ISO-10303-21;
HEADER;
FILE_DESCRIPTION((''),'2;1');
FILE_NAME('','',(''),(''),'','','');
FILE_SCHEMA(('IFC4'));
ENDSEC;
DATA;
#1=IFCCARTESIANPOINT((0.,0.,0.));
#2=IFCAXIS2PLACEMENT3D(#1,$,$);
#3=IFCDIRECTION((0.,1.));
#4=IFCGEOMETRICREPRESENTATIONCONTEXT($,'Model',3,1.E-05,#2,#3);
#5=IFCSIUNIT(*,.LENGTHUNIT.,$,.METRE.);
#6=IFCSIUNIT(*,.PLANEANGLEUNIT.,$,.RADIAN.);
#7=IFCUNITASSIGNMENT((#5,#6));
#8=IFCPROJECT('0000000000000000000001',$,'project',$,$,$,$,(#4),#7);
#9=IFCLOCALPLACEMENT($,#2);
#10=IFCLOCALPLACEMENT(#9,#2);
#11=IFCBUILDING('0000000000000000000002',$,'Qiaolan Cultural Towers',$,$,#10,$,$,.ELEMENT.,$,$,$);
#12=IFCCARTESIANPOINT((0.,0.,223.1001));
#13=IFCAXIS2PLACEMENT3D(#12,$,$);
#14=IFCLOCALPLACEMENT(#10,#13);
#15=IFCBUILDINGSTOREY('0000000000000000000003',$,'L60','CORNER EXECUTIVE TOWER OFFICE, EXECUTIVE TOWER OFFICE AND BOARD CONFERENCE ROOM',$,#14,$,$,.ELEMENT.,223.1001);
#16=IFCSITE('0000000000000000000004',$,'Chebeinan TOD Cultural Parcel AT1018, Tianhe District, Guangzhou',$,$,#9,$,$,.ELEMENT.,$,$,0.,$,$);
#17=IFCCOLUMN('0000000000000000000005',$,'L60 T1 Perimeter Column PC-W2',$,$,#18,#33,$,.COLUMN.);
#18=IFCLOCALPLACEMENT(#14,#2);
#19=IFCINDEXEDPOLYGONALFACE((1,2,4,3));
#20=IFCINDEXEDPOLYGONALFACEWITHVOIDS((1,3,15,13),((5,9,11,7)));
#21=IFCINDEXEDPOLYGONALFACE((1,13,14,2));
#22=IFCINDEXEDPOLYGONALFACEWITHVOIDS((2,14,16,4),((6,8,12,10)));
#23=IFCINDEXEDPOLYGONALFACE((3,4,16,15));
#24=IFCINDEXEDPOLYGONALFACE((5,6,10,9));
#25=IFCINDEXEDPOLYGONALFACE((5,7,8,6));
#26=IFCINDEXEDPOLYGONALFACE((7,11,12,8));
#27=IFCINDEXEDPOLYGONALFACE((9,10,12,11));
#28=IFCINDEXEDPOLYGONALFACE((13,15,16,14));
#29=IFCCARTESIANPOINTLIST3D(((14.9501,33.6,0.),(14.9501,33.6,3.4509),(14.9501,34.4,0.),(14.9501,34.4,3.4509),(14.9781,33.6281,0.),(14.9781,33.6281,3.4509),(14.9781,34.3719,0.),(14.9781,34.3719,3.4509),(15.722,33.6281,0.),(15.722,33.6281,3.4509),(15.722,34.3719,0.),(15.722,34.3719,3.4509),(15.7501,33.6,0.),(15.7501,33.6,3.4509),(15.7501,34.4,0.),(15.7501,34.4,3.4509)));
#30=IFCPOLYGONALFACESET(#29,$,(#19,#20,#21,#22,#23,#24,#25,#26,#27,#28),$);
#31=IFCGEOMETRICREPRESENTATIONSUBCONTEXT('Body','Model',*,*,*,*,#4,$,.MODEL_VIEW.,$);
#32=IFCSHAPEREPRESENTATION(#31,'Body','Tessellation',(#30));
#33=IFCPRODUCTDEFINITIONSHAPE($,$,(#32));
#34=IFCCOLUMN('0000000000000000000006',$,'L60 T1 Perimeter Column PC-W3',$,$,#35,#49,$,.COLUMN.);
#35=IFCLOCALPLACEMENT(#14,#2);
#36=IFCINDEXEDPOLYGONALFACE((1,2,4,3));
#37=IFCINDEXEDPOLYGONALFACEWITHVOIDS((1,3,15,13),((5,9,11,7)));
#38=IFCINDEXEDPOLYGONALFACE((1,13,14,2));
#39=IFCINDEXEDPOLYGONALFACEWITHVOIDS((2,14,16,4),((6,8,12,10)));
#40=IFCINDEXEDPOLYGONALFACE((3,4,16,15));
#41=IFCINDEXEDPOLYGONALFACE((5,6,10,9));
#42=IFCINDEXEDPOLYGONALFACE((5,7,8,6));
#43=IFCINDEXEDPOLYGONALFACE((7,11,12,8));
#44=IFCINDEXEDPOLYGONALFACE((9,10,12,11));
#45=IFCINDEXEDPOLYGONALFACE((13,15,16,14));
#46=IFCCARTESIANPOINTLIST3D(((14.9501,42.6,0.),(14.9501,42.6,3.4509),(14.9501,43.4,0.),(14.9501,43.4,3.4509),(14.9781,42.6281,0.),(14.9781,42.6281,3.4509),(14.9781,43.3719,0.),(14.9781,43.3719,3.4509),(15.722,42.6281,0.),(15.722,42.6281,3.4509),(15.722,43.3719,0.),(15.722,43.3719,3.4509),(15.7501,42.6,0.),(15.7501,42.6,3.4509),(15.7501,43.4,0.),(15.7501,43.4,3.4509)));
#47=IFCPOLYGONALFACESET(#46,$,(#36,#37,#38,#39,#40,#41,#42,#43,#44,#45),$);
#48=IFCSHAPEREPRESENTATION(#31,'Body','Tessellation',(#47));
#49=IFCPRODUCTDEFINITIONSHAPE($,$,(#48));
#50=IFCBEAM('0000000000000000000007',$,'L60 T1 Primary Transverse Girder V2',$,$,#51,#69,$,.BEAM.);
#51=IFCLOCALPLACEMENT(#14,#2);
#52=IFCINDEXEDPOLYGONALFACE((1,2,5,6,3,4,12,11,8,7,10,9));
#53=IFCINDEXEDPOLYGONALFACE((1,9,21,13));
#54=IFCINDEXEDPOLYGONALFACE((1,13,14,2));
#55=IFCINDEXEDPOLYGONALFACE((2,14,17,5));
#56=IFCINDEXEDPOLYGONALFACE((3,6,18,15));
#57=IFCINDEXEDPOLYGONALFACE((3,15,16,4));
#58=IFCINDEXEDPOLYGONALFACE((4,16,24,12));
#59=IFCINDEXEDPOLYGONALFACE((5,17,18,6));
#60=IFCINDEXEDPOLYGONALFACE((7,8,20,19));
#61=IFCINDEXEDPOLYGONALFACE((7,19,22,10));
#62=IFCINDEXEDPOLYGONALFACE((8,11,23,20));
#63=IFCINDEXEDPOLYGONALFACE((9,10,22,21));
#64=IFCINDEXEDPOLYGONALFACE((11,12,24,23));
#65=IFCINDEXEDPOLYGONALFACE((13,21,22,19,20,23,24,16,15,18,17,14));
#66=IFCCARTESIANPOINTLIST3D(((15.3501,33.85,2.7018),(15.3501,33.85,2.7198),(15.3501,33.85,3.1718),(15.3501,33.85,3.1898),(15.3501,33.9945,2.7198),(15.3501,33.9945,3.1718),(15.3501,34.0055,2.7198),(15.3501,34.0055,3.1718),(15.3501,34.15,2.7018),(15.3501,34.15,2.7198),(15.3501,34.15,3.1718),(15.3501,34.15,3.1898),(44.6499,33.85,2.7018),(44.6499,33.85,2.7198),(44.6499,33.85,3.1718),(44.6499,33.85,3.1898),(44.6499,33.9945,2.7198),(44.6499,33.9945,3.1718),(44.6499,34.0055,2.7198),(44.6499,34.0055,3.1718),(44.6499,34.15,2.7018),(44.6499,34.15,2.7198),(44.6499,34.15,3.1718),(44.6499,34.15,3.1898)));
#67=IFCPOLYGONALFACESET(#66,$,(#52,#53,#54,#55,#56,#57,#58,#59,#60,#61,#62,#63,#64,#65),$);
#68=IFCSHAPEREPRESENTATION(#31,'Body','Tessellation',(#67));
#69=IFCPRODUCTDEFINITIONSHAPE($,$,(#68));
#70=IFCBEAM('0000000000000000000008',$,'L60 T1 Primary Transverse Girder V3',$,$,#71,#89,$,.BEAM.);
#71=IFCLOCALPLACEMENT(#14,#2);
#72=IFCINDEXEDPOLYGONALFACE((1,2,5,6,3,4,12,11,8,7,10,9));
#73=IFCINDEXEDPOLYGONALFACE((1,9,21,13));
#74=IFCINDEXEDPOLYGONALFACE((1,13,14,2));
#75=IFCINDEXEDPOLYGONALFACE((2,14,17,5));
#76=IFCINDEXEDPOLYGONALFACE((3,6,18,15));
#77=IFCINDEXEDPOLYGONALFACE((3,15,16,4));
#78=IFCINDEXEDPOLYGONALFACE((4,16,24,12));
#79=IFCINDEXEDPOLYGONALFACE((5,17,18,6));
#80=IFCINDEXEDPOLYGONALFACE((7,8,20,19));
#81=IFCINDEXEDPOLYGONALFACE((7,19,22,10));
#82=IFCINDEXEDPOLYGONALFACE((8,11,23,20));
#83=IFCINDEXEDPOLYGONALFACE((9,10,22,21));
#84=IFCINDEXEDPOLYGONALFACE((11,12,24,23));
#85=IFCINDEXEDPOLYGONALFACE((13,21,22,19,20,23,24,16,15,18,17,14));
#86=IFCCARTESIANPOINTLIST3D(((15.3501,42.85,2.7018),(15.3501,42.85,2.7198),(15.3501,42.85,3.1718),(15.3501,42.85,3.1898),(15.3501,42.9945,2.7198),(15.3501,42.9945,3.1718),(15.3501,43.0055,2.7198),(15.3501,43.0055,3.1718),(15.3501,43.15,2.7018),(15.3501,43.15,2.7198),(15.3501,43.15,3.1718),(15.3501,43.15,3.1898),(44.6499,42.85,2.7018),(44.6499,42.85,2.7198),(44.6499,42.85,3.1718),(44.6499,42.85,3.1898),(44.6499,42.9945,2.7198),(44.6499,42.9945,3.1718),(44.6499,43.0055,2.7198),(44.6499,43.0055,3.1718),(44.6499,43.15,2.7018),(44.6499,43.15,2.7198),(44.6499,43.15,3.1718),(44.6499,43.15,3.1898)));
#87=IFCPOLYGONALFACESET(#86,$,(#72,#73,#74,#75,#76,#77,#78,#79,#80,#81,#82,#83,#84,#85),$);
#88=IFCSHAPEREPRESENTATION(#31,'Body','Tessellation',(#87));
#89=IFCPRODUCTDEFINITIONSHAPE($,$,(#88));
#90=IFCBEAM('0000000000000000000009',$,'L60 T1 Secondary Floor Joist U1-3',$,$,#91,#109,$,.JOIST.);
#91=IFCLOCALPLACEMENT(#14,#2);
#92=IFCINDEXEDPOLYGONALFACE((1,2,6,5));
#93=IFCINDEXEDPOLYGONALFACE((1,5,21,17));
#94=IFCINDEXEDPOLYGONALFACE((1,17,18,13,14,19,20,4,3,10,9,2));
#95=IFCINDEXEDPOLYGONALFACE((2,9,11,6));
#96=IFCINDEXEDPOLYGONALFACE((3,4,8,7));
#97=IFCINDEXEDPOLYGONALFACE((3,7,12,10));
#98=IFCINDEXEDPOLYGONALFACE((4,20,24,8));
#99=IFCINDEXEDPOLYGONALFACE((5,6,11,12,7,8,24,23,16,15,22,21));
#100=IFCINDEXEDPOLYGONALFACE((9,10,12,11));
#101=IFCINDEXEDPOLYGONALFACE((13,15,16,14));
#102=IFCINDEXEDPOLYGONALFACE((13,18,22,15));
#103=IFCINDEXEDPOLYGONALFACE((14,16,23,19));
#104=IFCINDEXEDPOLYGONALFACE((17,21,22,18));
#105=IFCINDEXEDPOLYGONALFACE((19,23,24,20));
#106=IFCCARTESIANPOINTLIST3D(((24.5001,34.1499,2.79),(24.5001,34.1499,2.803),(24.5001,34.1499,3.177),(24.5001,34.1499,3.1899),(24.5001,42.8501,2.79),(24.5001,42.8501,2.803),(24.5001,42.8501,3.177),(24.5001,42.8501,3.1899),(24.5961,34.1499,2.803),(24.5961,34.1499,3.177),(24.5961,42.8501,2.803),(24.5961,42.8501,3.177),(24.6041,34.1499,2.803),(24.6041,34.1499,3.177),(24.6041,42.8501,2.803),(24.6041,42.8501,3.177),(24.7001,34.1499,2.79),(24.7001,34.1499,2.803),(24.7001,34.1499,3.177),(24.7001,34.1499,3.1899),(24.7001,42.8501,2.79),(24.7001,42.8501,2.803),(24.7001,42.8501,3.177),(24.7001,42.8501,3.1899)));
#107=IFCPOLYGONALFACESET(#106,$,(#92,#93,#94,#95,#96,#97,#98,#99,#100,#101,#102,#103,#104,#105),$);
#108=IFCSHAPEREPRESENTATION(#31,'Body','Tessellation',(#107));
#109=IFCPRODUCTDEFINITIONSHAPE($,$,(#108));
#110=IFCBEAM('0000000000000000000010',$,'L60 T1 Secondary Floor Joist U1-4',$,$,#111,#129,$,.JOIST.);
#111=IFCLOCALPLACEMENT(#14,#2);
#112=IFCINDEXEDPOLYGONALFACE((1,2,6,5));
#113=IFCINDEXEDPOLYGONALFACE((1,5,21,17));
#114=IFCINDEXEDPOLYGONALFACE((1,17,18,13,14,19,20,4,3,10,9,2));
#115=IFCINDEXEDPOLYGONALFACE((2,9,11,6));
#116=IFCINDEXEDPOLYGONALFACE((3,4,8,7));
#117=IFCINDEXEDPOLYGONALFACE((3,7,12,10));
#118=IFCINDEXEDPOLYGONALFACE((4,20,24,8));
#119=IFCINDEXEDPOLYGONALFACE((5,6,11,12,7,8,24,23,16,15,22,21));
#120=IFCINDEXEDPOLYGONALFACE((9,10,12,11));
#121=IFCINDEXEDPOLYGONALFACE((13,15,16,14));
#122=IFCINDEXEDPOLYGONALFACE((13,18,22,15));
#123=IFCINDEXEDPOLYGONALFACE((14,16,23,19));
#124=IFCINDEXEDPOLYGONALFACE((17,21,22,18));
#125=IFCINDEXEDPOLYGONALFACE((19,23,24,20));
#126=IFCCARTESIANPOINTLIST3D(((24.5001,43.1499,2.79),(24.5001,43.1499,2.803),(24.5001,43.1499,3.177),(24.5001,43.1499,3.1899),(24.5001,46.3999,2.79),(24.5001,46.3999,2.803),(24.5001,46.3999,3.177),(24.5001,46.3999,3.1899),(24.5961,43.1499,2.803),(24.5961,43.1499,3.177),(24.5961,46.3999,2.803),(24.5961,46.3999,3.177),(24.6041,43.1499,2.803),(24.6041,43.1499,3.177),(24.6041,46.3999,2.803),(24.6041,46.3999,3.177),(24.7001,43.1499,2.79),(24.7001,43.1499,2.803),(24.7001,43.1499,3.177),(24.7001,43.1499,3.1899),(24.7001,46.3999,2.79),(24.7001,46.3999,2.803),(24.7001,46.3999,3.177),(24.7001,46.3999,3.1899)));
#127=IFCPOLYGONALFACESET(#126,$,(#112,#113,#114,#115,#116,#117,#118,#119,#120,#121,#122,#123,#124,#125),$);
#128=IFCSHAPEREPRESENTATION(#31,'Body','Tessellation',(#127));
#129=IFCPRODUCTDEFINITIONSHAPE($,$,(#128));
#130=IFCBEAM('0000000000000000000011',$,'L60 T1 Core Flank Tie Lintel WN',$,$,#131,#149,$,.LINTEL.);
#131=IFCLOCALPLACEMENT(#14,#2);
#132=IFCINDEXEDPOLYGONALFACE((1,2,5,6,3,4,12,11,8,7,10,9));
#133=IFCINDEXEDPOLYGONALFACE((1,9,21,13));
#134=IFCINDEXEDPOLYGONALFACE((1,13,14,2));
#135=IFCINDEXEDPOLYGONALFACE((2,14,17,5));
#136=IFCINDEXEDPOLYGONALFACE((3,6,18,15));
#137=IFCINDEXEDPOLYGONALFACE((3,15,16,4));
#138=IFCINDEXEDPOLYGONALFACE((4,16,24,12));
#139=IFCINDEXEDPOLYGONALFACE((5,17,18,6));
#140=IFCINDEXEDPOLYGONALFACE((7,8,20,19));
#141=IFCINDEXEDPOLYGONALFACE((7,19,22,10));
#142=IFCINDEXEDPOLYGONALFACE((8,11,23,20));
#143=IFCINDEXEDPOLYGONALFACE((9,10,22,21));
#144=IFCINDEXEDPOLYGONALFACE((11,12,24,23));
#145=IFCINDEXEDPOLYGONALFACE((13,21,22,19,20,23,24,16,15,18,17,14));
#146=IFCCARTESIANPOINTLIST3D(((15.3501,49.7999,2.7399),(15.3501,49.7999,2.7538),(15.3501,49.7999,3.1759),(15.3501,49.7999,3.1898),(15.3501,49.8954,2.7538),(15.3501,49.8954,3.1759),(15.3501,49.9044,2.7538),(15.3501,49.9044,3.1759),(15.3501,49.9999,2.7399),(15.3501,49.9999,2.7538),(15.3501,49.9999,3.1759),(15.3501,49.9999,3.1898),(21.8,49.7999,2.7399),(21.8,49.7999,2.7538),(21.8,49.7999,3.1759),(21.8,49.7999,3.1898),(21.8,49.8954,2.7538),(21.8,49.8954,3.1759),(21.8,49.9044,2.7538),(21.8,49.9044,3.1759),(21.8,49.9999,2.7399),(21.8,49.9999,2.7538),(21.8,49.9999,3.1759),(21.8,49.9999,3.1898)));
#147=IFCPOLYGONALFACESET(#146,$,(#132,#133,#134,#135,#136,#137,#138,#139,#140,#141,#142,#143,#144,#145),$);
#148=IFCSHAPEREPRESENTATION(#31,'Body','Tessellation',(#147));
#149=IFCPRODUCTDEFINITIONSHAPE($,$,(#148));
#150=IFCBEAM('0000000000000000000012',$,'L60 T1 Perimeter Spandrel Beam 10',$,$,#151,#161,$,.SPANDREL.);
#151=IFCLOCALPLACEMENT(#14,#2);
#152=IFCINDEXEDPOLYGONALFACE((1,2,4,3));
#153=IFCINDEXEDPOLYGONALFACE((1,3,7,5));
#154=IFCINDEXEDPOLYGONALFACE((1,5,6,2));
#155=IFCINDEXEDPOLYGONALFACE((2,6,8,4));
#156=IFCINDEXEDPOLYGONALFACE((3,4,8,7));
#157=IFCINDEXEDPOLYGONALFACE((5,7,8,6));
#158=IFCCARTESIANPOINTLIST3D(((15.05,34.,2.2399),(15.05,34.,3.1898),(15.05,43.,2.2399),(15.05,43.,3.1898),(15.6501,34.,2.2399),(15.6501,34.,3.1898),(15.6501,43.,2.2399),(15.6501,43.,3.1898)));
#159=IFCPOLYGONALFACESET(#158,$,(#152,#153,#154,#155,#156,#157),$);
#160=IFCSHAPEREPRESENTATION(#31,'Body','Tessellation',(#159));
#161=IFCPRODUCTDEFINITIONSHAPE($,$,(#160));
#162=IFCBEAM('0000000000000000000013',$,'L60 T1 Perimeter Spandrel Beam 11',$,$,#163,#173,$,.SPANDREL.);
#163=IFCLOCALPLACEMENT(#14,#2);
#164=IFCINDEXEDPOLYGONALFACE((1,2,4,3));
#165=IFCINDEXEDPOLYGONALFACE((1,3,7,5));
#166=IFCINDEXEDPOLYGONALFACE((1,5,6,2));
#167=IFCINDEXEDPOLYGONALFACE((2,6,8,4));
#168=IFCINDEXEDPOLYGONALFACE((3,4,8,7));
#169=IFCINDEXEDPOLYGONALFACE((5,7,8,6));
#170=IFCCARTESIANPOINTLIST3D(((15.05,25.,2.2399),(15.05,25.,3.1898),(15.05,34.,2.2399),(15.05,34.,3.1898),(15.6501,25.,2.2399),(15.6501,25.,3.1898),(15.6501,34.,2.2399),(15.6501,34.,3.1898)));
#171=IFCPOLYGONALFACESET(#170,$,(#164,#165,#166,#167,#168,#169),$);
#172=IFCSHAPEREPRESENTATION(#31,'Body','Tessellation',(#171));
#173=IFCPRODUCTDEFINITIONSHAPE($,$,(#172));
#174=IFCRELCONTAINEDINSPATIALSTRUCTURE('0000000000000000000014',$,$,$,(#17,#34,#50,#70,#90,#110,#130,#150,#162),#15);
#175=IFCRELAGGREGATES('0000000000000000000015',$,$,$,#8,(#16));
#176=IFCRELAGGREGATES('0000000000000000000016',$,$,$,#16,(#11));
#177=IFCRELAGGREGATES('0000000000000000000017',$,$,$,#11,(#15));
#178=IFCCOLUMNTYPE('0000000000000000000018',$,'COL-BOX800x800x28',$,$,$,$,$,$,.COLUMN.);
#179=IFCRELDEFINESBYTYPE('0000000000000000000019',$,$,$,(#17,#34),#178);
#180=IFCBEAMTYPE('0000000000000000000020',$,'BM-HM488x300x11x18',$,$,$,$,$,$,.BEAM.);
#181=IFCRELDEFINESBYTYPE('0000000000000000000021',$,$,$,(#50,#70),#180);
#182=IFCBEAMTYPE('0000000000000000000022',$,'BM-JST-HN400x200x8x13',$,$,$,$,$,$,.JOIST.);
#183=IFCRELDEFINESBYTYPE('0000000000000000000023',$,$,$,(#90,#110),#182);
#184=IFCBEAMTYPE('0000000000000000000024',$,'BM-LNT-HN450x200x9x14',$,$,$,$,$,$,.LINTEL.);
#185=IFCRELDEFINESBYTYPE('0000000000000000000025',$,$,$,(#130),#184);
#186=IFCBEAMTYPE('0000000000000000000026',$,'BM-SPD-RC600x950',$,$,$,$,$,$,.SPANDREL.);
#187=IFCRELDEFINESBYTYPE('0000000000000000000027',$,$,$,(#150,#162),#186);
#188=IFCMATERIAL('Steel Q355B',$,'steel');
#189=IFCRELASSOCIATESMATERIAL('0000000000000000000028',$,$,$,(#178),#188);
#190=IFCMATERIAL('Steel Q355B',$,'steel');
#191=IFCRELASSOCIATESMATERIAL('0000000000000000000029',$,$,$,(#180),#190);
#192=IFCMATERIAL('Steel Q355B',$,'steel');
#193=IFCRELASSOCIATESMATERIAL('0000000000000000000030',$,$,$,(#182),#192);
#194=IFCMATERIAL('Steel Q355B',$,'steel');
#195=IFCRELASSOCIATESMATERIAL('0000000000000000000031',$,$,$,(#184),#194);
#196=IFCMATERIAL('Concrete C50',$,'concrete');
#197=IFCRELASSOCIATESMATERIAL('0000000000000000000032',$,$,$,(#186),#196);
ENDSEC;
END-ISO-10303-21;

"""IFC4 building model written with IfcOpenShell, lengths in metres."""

from ifc_helpers import new_model, si_unit, direction, frame, origin, origin_2d, place, context, subcontext, project, spatial, rectangle, hollow_rectangle, i_section, extrude, material, material_profile, profile_set, type_object, element, save


model = new_model("IFC4")

# Units and contexts
model_context = context("Model", 3, precision=1e-05, world=origin(), true_north=direction((0.0, 1.0)))
body_context = subcontext(model_context, "Body", "Model", "MODEL_VIEW")
ifc_project = project(units=[si_unit("LENGTHUNIT", "METRE"), si_unit("PLANEANGLEUNIT", "RADIAN")], contexts=[model_context])

# Site, building, storey
site_placement = place(None, origin())
site = spatial("IfcSite", under=ifc_project, at=site_placement, Name="Chebeinan TOD Cultural Parcel AT1018, Tianhe District, Guangzhou", CompositionType="ELEMENT", RefElevation=0.0)
building_placement = place(site_placement, origin())
building = spatial("IfcBuilding", under=site, at=building_placement, Name="Qiaolan Cultural Towers", CompositionType="ELEMENT")
storey_placement = place(building_placement, frame((0.0, 0.0, 223.1001)))
storey = spatial("IfcBuildingStorey", under=building, at=storey_placement, Name="L60", Description="CORNER EXECUTIVE TOWER OFFICE, EXECUTIVE TOWER OFFICE AND BOARD CONFERENCE ROOM", CompositionType="ELEMENT", Elevation=223.1001)

# Columns
ifc_material_1 = material(Name="Steel Q355B", Category="steel")
ifc_material_profile_1 = material_profile(ifc_material_1, hollow_rectangle(XDim=0.8, YDim=0.8, WallThickness=0.0281, at=origin_2d()), Name="BOX800x800x28")
ifc_profile_set_1 = profile_set([ifc_material_profile_1], Name="Steel Q355B")
column_type = type_object("IfcColumnType", Name="COL-BOX800x800x28", PredefinedType="COLUMN", material=ifc_profile_set_1)
for number, where, z_axis, x_axis, name in (
    (1, (15.3501, 34.0, 0.0), (0.0, 0.0, 1.0), (1.0, 0.0, 0.0), "L60 T1 Perimeter Column PC-W2"),
    (2, (15.3501, 43.0, 0.0), (0.0, 0.0, 1.0), (1.0, 0.0, 0.0), "L60 T1 Perimeter Column PC-W3"),
):
    element("IfcColumn", number, at=place(storey_placement, frame(where, z_axis=z_axis, x_axis=x_axis)), inside=storey, type_object=column_type, Name=name, PredefinedType="COLUMN", context=body_context, shape_type="SweptSolid", body=[
        extrude(hollow_rectangle(XDim=0.8, YDim=0.8, WallThickness=0.0281, at=origin_2d()), origin(), (0.0, 0.0, 1.0), 3.4509),
    ])

# Beams
ifc_material_2 = material(Name="Steel Q355B", Category="steel")
ifc_material_profile_2 = material_profile(ifc_material_2, i_section(OverallWidth=0.3, OverallDepth=0.488, WebThickness=0.011, FlangeThickness=0.0181, at=origin_2d()), Name="HM488x300x11x18")
ifc_profile_set_2 = profile_set([ifc_material_profile_2], Name="Steel Q355B")
beam_type_1 = type_object("IfcBeamType", Name="BM-HM488x300x11x18", PredefinedType="BEAM", material=ifc_profile_set_2)
for number, where, z_axis, x_axis, name in (
    (3, (15.3501, 34.0, 2.9458), (1.0, 0.0, 0.0), (0.0, 1.0, 0.0), "L60 T1 Primary Transverse Girder V2"),
    (4, (15.3501, 43.0, 2.9458), (1.0, 0.0, 0.0), (0.0, 1.0, 0.0), "L60 T1 Primary Transverse Girder V3"),
):
    element("IfcBeam", number, at=place(storey_placement, frame(where, z_axis=z_axis, x_axis=x_axis)), inside=storey, type_object=beam_type_1, Name=name, PredefinedType="BEAM", context=body_context, shape_type="SweptSolid", body=[
        extrude(i_section(OverallWidth=0.3, OverallDepth=0.488, WebThickness=0.011, FlangeThickness=0.0181, at=origin_2d()), origin(), (0.0, 0.0, 1.0), 29.2998),
    ])
ifc_material_3 = material(Name="Steel Q355B", Category="steel")
ifc_material_profile_3 = material_profile(ifc_material_3, i_section(OverallWidth=0.2, OverallDepth=0.3999, WebThickness=0.0081, FlangeThickness=0.0129, at=origin_2d()), Name="HN400x200x8x13")
ifc_profile_set_3 = profile_set([ifc_material_profile_3], Name="Steel Q355B")
beam_type_2 = type_object("IfcBeamType", Name="BM-JST-HN400x200x8x13", PredefinedType="JOIST", material=ifc_profile_set_3)
beam_1_placement = place(storey_placement, frame((24.6001, 34.1499, 2.99), z_axis=(0.0, 1.0, 0.0), x_axis=(-1.0, 0.0, 0.0)))
element("IfcBeam", 5, at=beam_1_placement, inside=storey, type_object=beam_type_2, Name="L60 T1 Secondary Floor Joist U1-3", PredefinedType="JOIST", context=body_context, shape_type="SweptSolid", body=[
    extrude(i_section(OverallWidth=0.2, OverallDepth=0.3999, WebThickness=0.0081, FlangeThickness=0.0129, at=origin_2d()), origin(), (0.0, 0.0, 1.0), 8.7002),
])
beam_2_placement = place(storey_placement, frame((24.6001, 43.1499, 2.99), z_axis=(0.0, 1.0, 0.0), x_axis=(-1.0, 0.0, 0.0)))
element("IfcBeam", 6, at=beam_2_placement, inside=storey, type_object=beam_type_2, Name="L60 T1 Secondary Floor Joist U1-4", PredefinedType="JOIST", context=body_context, shape_type="SweptSolid", body=[
    extrude(i_section(OverallWidth=0.2, OverallDepth=0.3999, WebThickness=0.0081, FlangeThickness=0.0129, at=origin_2d()), origin(), (0.0, 0.0, 1.0), 3.25),
])
ifc_material_4 = material(Name="Steel Q355B", Category="steel")
ifc_material_profile_4 = material_profile(ifc_material_4, i_section(OverallWidth=0.2, OverallDepth=0.45, WebThickness=0.009, FlangeThickness=0.0139, at=origin_2d()), Name="HN450x200x9x14")
ifc_profile_set_4 = profile_set([ifc_material_profile_4], Name="Steel Q355B")
beam_type_3 = type_object("IfcBeamType", Name="BM-LNT-HN450x200x9x14", PredefinedType="LINTEL", material=ifc_profile_set_4)
beam_3_placement = place(storey_placement, frame((21.8, 49.8999, 2.9648), z_axis=(-1.0, 0.0, 0.0), x_axis=(0.0, -1.0, 0.0)))
element("IfcBeam", 7, at=beam_3_placement, inside=storey, type_object=beam_type_3, Name="L60 T1 Core Flank Tie Lintel WN", PredefinedType="LINTEL", context=body_context, shape_type="SweptSolid", body=[
    extrude(i_section(OverallWidth=0.2, OverallDepth=0.45, WebThickness=0.009, FlangeThickness=0.0139, at=origin_2d()), origin(), (0.0, 0.0, 1.0), 6.45),
])
ifc_material_5 = material(Name="Concrete C50", Category="concrete")
ifc_material_profile_5 = material_profile(ifc_material_5, rectangle(XDim=0.6001, YDim=0.95, at=origin_2d()), Name="RC600x950")
ifc_profile_set_5 = profile_set([ifc_material_profile_5], Name="Concrete C50")
beam_type_4 = type_object("IfcBeamType", Name="BM-SPD-RC600x950", PredefinedType="SPANDREL", material=ifc_profile_set_5)
for number, where, z_axis, x_axis, name in (
    (8, (15.3501, 43.0, 2.7148), (0.0, -1.0, 0.0), (1.0, 0.0, 0.0), "L60 T1 Perimeter Spandrel Beam 10"),
    (9, (15.3501, 34.0, 2.7148), (0.0, -1.0, 0.0), (1.0, 0.0, 0.0), "L60 T1 Perimeter Spandrel Beam 11"),
):
    element("IfcBeam", number, at=place(storey_placement, frame(where, z_axis=z_axis, x_axis=x_axis)), inside=storey, type_object=beam_type_4, Name=name, PredefinedType="SPANDREL", context=body_context, shape_type="SweptSolid", body=[
        extrude(rectangle(XDim=0.6001, YDim=0.95, at=origin_2d()), origin(), (0.0, 0.0, 1.0), 9.0),
    ])

save(model, "model.ifc")
